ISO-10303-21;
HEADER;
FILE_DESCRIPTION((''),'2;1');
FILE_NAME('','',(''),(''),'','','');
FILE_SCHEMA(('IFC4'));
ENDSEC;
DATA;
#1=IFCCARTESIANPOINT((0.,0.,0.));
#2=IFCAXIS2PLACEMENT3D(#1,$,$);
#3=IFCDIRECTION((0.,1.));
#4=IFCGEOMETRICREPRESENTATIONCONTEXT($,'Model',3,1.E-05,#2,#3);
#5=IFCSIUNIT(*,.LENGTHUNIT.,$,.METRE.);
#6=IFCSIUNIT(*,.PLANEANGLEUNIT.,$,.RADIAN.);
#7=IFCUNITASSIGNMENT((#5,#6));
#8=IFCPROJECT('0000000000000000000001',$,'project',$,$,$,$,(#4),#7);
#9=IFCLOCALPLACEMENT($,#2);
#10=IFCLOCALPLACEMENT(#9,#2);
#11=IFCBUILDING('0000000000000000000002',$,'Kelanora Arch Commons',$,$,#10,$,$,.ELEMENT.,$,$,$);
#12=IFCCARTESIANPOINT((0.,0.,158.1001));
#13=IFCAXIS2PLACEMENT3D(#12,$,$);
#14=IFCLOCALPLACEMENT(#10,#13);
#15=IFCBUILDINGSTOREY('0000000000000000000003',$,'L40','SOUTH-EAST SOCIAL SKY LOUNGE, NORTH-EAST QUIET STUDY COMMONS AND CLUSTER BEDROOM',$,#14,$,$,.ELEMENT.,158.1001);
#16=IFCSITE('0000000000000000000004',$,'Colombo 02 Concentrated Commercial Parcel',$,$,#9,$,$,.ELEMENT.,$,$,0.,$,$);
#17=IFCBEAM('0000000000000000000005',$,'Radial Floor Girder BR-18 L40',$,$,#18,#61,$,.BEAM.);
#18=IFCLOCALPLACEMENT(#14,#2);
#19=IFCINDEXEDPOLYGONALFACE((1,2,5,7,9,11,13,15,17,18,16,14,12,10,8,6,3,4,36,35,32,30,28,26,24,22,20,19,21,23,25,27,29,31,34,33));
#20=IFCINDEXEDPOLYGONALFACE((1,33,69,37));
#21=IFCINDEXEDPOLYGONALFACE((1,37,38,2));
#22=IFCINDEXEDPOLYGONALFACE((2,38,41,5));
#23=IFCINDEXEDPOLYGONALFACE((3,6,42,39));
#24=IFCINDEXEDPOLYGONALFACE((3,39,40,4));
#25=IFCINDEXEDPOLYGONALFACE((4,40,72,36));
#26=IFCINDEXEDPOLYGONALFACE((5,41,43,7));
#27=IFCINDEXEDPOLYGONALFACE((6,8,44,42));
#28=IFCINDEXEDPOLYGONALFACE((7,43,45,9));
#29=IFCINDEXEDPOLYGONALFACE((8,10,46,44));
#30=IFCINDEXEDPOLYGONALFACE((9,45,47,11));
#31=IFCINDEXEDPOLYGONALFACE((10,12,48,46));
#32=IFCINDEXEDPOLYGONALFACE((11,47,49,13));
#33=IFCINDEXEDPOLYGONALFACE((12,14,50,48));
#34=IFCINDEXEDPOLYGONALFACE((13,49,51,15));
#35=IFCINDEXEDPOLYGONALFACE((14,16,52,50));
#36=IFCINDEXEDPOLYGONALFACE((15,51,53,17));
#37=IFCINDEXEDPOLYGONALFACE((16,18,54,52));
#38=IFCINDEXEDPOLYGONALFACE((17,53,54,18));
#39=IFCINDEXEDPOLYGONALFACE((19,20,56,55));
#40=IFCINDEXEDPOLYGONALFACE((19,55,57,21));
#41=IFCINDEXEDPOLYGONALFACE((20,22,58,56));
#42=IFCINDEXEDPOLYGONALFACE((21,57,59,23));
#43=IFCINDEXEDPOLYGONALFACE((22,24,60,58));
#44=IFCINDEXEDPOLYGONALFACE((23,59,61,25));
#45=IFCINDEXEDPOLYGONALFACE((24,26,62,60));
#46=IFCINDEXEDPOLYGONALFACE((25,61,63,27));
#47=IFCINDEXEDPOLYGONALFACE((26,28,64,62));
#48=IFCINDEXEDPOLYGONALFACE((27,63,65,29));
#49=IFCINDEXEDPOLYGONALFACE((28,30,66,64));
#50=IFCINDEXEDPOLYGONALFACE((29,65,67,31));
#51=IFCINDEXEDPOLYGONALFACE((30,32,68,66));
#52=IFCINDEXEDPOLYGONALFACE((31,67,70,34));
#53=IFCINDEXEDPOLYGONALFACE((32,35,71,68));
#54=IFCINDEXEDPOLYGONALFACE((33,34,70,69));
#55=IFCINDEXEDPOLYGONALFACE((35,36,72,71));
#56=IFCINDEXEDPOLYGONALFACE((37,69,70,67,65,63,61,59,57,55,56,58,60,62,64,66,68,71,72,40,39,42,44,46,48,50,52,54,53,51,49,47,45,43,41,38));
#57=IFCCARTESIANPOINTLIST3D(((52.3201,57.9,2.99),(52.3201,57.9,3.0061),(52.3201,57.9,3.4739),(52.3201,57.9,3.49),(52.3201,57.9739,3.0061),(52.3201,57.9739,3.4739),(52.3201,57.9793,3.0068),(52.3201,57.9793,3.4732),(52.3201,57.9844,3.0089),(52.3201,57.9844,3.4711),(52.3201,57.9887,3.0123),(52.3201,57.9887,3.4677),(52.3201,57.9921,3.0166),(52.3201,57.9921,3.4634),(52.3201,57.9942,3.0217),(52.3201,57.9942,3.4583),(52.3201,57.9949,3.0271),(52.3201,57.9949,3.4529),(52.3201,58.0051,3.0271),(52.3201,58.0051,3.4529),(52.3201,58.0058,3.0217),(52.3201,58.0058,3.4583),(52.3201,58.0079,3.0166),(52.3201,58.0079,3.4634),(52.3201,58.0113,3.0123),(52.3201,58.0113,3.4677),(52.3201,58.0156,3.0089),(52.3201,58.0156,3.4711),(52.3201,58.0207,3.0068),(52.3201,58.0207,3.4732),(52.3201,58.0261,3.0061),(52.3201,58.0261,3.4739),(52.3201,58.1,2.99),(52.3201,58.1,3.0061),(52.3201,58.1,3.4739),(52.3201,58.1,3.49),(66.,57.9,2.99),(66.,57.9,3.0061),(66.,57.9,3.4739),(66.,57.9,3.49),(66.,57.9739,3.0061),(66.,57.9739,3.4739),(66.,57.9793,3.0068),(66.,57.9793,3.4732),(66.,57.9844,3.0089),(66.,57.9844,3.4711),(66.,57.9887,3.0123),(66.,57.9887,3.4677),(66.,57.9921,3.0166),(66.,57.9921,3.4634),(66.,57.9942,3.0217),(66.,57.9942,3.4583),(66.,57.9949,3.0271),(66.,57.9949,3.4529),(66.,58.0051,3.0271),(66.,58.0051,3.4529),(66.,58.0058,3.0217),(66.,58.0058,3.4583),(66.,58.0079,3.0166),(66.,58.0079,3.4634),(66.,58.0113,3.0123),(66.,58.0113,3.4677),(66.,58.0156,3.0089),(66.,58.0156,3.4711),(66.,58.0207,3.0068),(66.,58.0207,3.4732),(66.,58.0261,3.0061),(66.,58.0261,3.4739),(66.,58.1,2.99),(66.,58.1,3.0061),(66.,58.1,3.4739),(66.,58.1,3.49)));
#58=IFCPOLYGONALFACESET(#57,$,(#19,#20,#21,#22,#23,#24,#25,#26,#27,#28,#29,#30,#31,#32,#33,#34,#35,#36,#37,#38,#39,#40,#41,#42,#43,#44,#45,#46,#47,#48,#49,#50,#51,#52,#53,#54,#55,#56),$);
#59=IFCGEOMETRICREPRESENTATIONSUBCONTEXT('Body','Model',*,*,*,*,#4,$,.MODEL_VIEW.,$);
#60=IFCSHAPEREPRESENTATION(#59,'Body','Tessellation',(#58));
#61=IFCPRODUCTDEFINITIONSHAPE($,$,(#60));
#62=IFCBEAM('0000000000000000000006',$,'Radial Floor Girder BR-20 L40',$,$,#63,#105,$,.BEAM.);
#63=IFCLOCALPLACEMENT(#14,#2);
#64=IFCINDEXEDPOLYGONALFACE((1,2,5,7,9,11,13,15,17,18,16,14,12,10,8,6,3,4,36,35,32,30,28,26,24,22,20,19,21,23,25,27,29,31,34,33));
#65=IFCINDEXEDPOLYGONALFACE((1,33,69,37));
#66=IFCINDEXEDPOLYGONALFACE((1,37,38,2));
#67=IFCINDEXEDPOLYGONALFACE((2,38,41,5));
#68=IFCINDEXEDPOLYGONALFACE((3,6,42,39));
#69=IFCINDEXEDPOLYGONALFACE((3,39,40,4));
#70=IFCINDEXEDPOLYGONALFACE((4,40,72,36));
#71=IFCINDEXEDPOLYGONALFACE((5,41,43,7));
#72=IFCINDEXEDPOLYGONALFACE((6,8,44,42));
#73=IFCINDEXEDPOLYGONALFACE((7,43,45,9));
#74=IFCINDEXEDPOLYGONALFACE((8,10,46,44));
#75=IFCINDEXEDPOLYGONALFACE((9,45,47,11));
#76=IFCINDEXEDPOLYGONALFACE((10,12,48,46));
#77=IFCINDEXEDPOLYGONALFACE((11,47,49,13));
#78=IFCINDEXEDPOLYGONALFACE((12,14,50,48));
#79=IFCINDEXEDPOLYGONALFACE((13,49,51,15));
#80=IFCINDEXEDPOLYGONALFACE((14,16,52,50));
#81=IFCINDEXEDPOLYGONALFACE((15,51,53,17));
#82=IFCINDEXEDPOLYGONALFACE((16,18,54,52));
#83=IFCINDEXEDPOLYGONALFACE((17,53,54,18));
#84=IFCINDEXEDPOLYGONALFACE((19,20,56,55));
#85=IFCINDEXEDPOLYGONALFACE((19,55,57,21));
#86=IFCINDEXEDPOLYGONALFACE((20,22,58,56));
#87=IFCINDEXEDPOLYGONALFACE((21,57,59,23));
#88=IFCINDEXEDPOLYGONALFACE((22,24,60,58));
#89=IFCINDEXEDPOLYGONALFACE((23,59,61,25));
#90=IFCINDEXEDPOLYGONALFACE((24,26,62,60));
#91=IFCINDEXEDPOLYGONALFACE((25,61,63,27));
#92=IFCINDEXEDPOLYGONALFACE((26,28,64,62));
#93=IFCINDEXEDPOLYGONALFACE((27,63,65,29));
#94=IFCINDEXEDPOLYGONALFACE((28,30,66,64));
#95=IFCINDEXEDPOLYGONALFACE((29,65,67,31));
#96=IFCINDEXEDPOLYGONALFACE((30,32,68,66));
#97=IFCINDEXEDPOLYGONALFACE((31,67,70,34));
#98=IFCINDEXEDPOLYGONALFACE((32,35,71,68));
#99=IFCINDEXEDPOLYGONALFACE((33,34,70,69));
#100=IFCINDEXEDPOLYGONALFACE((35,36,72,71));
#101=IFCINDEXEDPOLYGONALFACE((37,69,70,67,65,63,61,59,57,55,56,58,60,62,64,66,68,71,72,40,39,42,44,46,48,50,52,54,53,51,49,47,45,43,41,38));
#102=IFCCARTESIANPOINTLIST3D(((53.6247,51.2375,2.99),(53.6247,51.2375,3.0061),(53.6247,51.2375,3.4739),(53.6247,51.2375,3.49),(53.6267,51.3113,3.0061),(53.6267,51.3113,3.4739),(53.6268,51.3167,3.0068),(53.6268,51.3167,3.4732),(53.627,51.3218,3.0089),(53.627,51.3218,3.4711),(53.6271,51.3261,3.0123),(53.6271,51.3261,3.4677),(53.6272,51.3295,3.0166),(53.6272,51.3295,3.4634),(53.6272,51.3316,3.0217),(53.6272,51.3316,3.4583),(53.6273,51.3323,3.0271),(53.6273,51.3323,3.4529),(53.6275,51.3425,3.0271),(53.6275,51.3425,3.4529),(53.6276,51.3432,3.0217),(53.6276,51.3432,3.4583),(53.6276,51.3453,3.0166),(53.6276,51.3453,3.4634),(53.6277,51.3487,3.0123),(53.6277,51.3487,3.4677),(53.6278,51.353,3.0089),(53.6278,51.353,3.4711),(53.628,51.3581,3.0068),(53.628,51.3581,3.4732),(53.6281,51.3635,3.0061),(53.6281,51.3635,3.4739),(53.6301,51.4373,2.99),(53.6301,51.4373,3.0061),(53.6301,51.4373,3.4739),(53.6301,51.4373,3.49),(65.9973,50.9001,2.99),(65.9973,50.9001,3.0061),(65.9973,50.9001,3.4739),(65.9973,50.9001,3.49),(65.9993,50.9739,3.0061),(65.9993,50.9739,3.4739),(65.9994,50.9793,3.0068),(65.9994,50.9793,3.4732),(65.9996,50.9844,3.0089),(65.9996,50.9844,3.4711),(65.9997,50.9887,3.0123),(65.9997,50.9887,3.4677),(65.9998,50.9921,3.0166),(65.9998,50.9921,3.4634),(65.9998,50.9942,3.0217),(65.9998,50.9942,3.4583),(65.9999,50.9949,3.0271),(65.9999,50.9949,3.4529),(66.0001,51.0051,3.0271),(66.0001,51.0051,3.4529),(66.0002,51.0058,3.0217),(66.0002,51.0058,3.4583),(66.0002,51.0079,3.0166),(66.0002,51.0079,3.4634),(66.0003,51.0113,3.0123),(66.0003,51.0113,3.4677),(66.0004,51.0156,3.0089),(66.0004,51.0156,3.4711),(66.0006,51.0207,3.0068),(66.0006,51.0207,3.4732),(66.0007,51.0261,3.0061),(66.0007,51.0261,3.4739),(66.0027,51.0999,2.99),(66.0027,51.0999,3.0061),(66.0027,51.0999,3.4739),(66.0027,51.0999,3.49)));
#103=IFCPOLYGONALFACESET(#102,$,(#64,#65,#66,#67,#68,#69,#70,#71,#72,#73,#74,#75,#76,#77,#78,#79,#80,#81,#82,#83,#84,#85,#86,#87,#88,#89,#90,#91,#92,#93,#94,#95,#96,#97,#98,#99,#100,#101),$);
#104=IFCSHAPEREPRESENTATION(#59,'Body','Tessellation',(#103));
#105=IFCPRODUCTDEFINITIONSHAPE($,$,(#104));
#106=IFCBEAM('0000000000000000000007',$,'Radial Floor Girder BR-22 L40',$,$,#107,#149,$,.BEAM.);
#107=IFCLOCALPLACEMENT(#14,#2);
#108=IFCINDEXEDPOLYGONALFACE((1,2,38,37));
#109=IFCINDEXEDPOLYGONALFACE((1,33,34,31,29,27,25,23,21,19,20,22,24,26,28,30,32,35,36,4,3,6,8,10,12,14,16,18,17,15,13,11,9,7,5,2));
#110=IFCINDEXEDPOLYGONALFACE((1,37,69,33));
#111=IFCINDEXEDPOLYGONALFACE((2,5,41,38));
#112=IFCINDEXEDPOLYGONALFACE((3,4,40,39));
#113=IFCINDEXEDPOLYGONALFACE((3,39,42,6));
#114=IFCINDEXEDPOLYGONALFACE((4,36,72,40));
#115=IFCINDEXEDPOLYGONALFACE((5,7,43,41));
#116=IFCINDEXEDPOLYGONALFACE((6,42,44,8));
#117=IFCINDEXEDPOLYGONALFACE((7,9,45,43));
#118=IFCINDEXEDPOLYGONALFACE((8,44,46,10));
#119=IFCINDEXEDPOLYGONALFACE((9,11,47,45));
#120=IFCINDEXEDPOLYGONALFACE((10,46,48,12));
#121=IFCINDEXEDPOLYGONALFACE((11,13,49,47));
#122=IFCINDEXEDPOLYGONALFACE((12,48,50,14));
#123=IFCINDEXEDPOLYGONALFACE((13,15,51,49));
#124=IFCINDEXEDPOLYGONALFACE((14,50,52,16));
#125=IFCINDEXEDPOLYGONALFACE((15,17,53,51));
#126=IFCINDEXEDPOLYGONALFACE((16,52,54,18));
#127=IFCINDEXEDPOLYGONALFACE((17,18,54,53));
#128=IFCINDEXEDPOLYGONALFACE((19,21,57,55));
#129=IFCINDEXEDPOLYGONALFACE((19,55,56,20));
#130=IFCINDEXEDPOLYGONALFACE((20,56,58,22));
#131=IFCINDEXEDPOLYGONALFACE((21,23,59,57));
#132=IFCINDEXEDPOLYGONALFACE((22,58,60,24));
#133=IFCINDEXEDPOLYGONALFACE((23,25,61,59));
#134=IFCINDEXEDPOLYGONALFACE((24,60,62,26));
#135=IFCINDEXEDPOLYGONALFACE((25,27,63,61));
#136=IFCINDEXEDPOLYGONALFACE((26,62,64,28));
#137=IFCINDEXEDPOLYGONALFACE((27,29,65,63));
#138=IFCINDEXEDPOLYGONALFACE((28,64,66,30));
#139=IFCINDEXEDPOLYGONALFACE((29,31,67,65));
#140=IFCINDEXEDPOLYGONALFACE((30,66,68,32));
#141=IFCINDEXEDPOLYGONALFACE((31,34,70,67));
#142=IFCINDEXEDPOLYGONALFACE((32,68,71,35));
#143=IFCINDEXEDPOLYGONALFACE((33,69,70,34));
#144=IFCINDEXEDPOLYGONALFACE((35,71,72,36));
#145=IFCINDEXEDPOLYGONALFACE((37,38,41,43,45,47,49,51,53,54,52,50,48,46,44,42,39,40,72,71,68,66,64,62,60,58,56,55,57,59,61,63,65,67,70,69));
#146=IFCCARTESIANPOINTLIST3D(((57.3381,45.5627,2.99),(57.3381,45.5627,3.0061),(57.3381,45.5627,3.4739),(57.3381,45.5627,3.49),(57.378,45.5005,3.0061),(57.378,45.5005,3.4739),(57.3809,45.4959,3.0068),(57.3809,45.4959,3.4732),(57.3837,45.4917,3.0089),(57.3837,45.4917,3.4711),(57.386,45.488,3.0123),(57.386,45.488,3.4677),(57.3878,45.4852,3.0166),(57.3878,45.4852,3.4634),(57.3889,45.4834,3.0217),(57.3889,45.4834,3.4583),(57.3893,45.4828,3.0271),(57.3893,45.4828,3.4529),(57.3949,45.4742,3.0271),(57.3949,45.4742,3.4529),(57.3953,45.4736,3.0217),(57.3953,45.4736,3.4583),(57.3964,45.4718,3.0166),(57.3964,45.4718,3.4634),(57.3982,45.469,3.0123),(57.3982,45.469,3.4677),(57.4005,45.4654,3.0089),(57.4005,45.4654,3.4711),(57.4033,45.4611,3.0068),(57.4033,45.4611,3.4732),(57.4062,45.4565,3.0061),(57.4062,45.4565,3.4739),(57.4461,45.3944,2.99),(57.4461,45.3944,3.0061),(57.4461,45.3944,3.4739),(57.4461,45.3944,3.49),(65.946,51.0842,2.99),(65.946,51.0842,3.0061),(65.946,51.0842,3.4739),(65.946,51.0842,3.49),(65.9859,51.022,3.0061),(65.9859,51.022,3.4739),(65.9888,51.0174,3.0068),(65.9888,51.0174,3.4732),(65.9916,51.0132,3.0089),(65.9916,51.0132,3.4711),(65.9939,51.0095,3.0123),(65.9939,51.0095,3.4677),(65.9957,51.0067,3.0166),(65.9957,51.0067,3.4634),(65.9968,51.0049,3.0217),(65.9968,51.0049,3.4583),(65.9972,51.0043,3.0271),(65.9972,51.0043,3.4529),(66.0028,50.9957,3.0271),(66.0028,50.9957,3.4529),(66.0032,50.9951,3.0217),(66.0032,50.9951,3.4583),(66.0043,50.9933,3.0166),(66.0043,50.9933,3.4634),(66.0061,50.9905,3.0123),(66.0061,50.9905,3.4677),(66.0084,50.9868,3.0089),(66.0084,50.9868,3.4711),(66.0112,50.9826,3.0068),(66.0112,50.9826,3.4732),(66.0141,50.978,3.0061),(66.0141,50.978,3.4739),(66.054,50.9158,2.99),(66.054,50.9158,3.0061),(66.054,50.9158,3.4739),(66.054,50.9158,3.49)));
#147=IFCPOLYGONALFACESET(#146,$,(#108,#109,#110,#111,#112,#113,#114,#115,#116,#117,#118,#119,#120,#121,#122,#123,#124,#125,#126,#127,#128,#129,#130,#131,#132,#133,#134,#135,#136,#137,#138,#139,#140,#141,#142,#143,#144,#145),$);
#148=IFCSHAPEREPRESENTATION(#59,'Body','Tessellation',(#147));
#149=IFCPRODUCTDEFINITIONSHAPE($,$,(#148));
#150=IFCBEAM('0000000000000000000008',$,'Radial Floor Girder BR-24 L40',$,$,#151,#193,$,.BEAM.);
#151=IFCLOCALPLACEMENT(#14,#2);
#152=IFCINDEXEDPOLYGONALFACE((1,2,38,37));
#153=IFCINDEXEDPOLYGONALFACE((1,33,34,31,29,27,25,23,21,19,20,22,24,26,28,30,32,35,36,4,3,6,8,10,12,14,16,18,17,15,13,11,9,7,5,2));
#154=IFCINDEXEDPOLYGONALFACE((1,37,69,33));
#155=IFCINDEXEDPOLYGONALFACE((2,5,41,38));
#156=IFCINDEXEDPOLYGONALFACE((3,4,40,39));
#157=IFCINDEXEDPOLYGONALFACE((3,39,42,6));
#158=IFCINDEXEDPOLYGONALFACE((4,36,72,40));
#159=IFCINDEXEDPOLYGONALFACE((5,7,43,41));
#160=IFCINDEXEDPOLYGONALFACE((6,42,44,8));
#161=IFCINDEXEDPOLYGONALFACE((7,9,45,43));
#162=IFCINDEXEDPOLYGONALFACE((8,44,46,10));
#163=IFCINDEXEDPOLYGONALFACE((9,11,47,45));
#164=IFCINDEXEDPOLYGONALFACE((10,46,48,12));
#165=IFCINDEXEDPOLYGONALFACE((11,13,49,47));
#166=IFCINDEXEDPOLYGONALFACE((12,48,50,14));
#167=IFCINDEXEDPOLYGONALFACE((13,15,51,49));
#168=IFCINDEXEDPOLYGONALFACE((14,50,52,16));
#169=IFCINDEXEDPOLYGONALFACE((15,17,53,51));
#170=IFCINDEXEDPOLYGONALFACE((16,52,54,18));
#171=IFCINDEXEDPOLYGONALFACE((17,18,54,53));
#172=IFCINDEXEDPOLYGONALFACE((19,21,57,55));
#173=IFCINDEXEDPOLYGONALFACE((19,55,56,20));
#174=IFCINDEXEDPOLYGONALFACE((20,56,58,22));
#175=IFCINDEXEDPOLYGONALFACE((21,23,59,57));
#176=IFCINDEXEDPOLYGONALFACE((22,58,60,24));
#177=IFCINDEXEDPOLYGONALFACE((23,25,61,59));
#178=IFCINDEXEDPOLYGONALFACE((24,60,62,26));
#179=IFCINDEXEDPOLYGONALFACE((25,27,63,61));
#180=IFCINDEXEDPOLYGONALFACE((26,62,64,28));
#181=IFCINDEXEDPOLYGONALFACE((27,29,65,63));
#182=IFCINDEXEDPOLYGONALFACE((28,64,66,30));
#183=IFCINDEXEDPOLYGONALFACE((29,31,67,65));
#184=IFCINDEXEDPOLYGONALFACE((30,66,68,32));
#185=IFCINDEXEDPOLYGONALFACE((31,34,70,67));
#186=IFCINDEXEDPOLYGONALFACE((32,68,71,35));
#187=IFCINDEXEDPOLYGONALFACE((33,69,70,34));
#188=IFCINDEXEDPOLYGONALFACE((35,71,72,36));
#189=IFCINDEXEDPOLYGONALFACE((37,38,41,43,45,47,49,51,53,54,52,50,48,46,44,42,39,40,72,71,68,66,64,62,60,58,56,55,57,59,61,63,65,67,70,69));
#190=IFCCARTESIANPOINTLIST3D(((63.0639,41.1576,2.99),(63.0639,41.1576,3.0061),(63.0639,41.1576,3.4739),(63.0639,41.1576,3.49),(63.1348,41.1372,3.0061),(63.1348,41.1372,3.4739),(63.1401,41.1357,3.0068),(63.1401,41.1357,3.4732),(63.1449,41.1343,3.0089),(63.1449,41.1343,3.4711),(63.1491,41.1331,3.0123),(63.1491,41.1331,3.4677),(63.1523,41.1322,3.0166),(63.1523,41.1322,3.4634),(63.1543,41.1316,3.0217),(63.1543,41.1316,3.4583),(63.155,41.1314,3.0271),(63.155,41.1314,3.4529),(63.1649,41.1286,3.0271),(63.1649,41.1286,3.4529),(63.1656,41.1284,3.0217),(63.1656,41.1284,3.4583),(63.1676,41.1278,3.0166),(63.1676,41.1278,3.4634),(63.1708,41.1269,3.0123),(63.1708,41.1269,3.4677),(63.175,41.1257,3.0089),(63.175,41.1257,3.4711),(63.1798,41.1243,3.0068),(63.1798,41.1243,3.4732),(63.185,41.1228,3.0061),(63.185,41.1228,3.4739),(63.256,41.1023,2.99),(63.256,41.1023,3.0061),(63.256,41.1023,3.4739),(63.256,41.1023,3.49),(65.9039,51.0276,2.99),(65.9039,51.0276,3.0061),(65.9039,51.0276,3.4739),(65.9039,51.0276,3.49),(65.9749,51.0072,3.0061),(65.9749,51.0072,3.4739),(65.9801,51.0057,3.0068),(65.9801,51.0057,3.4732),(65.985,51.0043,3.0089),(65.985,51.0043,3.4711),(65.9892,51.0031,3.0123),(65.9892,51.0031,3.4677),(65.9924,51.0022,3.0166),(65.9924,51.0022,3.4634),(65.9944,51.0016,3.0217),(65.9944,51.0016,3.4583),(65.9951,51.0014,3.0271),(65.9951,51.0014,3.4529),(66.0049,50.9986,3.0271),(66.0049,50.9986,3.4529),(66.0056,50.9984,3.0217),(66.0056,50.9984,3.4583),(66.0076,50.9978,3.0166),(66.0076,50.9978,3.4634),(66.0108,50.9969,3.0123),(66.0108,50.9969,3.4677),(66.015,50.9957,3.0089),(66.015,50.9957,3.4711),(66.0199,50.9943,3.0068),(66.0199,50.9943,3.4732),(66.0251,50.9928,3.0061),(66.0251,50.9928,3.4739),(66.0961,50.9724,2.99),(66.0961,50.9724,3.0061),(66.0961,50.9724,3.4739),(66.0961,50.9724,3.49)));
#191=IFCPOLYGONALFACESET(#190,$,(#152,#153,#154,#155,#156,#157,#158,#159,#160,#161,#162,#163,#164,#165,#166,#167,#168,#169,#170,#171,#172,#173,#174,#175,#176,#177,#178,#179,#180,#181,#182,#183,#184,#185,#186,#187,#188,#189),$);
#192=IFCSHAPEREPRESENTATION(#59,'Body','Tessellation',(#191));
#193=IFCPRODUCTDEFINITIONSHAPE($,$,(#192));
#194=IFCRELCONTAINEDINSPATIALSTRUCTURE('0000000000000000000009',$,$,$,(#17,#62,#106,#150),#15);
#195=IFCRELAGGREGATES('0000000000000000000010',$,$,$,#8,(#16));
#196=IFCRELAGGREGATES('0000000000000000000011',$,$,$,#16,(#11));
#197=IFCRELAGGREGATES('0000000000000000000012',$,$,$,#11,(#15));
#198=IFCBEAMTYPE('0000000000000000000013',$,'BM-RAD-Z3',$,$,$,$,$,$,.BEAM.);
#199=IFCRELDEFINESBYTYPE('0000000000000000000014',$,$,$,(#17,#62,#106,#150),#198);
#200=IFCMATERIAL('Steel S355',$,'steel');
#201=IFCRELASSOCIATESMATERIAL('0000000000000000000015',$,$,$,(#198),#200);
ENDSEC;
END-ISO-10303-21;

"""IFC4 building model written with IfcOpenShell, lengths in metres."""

from ifc_helpers import new_model, si_unit, direction, frame, origin, origin_2d, place, context, subcontext, project, spatial, i_section, extrude, material, material_profile, profile_set, type_object, element, save


model = new_model("IFC4")

# Units and contexts
model_context = context("Model", 3, precision=1e-05, world=origin(), true_north=direction((0.0, 1.0)))
body_context = subcontext(model_context, "Body", "Model", "MODEL_VIEW")
ifc_project = project(units=[si_unit("LENGTHUNIT", "METRE"), si_unit("PLANEANGLEUNIT", "RADIAN")], contexts=[model_context])

# Site, building, storey
site_placement = place(None, origin())
site = spatial("IfcSite", under=ifc_project, at=site_placement, Name="Colombo 02 Concentrated Commercial Parcel", CompositionType="ELEMENT", RefElevation=0.0)
building_placement = place(site_placement, origin())
building = spatial("IfcBuilding", under=site, at=building_placement, Name="Kelanora Arch Commons", CompositionType="ELEMENT")
storey_placement = place(building_placement, frame((0.0, 0.0, 158.1001)))
storey = spatial("IfcBuildingStorey", under=building, at=storey_placement, Name="L40", Description="SOUTH-EAST SOCIAL SKY LOUNGE, NORTH-EAST QUIET STUDY COMMONS AND CLUSTER BEDROOM", CompositionType="ELEMENT", Elevation=158.1001)

# Beams
ifc_material_1 = material(Name="Steel S355", Category="steel")
ifc_material_profile_1 = material_profile(ifc_material_1, i_section(OverallWidth=0.2, OverallDepth=0.5, WebThickness=0.0103, FlangeThickness=0.0161, FilletRadius=0.021, at=origin_2d()), Name="IPE500")
ifc_profile_set_1 = profile_set([ifc_material_profile_1], Name="Steel S355")
beam_type_1 = type_object("IfcBeamType", Name="BM-RAD-Z3", PredefinedType="BEAM", material=ifc_profile_set_1)
beam_1_placement = place(storey_placement, frame((66.0, 58.0, 3.24), z_axis=(-1.0, 0.0, 0.0), x_axis=(0.0, -1.0, 0.0)))
element("IfcBeam", 1, at=beam_1_placement, inside=storey, type_object=beam_type_1, Name="Radial Floor Girder BR-18 L40", PredefinedType="BEAM", context=body_context, shape_type="SweptSolid", body=[
    extrude(i_section(OverallWidth=0.2, OverallDepth=0.5, WebThickness=0.0103, FlangeThickness=0.0161, FilletRadius=0.021, at=origin_2d()), origin(), (0.0, 0.0, 1.0), 13.6799),
])
beam_2_placement = place(storey_placement, frame((66.0, 51.0, 3.24), z_axis=(-0.999628, 0.02726, 0.0), x_axis=(-0.02726, -0.999628, 0.0)))
element("IfcBeam", 2, at=beam_2_placement, inside=storey, type_object=beam_type_1, Name="Radial Floor Girder BR-20 L40", PredefinedType="BEAM", context=body_context, shape_type="SweptSolid", body=[
    extrude(i_section(OverallWidth=0.2, OverallDepth=0.5, WebThickness=0.0103, FlangeThickness=0.0161, FilletRadius=0.021, at=origin_2d()), origin(), (0.0, 0.0, 1.0), 12.3772),
])
beam_3_placement = place(storey_placement, frame((66.0, 51.0, 3.24), z_axis=(-0.841719, -0.539915, 0.0), x_axis=(0.539915, -0.841719, 0.0)))
element("IfcBeam", 3, at=beam_3_placement, inside=storey, type_object=beam_type_1, Name="Radial Floor Girder BR-22 L40", PredefinedType="BEAM", context=body_context, shape_type="SweptSolid", body=[
    extrude(i_section(OverallWidth=0.2, OverallDepth=0.5, WebThickness=0.0103, FlangeThickness=0.0161, FilletRadius=0.021, at=origin_2d()), origin(), (0.0, 0.0, 1.0), 10.2266),
])
beam_4_placement = place(storey_placement, frame((66.0, 51.0, 3.24), z_axis=(-0.276526, -0.961006, 0.0), x_axis=(0.961006, -0.276526, 0.0)))
element("IfcBeam", 4, at=beam_4_placement, inside=storey, type_object=beam_type_1, Name="Radial Floor Girder BR-24 L40", PredefinedType="BEAM", context=body_context, shape_type="SweptSolid", body=[
    extrude(i_section(OverallWidth=0.2, OverallDepth=0.5, WebThickness=0.0103, FlangeThickness=0.0161, FilletRadius=0.021, at=origin_2d()), origin(), (0.0, 0.0, 1.0), 10.2705),
])

save(model, "model.ifc")
